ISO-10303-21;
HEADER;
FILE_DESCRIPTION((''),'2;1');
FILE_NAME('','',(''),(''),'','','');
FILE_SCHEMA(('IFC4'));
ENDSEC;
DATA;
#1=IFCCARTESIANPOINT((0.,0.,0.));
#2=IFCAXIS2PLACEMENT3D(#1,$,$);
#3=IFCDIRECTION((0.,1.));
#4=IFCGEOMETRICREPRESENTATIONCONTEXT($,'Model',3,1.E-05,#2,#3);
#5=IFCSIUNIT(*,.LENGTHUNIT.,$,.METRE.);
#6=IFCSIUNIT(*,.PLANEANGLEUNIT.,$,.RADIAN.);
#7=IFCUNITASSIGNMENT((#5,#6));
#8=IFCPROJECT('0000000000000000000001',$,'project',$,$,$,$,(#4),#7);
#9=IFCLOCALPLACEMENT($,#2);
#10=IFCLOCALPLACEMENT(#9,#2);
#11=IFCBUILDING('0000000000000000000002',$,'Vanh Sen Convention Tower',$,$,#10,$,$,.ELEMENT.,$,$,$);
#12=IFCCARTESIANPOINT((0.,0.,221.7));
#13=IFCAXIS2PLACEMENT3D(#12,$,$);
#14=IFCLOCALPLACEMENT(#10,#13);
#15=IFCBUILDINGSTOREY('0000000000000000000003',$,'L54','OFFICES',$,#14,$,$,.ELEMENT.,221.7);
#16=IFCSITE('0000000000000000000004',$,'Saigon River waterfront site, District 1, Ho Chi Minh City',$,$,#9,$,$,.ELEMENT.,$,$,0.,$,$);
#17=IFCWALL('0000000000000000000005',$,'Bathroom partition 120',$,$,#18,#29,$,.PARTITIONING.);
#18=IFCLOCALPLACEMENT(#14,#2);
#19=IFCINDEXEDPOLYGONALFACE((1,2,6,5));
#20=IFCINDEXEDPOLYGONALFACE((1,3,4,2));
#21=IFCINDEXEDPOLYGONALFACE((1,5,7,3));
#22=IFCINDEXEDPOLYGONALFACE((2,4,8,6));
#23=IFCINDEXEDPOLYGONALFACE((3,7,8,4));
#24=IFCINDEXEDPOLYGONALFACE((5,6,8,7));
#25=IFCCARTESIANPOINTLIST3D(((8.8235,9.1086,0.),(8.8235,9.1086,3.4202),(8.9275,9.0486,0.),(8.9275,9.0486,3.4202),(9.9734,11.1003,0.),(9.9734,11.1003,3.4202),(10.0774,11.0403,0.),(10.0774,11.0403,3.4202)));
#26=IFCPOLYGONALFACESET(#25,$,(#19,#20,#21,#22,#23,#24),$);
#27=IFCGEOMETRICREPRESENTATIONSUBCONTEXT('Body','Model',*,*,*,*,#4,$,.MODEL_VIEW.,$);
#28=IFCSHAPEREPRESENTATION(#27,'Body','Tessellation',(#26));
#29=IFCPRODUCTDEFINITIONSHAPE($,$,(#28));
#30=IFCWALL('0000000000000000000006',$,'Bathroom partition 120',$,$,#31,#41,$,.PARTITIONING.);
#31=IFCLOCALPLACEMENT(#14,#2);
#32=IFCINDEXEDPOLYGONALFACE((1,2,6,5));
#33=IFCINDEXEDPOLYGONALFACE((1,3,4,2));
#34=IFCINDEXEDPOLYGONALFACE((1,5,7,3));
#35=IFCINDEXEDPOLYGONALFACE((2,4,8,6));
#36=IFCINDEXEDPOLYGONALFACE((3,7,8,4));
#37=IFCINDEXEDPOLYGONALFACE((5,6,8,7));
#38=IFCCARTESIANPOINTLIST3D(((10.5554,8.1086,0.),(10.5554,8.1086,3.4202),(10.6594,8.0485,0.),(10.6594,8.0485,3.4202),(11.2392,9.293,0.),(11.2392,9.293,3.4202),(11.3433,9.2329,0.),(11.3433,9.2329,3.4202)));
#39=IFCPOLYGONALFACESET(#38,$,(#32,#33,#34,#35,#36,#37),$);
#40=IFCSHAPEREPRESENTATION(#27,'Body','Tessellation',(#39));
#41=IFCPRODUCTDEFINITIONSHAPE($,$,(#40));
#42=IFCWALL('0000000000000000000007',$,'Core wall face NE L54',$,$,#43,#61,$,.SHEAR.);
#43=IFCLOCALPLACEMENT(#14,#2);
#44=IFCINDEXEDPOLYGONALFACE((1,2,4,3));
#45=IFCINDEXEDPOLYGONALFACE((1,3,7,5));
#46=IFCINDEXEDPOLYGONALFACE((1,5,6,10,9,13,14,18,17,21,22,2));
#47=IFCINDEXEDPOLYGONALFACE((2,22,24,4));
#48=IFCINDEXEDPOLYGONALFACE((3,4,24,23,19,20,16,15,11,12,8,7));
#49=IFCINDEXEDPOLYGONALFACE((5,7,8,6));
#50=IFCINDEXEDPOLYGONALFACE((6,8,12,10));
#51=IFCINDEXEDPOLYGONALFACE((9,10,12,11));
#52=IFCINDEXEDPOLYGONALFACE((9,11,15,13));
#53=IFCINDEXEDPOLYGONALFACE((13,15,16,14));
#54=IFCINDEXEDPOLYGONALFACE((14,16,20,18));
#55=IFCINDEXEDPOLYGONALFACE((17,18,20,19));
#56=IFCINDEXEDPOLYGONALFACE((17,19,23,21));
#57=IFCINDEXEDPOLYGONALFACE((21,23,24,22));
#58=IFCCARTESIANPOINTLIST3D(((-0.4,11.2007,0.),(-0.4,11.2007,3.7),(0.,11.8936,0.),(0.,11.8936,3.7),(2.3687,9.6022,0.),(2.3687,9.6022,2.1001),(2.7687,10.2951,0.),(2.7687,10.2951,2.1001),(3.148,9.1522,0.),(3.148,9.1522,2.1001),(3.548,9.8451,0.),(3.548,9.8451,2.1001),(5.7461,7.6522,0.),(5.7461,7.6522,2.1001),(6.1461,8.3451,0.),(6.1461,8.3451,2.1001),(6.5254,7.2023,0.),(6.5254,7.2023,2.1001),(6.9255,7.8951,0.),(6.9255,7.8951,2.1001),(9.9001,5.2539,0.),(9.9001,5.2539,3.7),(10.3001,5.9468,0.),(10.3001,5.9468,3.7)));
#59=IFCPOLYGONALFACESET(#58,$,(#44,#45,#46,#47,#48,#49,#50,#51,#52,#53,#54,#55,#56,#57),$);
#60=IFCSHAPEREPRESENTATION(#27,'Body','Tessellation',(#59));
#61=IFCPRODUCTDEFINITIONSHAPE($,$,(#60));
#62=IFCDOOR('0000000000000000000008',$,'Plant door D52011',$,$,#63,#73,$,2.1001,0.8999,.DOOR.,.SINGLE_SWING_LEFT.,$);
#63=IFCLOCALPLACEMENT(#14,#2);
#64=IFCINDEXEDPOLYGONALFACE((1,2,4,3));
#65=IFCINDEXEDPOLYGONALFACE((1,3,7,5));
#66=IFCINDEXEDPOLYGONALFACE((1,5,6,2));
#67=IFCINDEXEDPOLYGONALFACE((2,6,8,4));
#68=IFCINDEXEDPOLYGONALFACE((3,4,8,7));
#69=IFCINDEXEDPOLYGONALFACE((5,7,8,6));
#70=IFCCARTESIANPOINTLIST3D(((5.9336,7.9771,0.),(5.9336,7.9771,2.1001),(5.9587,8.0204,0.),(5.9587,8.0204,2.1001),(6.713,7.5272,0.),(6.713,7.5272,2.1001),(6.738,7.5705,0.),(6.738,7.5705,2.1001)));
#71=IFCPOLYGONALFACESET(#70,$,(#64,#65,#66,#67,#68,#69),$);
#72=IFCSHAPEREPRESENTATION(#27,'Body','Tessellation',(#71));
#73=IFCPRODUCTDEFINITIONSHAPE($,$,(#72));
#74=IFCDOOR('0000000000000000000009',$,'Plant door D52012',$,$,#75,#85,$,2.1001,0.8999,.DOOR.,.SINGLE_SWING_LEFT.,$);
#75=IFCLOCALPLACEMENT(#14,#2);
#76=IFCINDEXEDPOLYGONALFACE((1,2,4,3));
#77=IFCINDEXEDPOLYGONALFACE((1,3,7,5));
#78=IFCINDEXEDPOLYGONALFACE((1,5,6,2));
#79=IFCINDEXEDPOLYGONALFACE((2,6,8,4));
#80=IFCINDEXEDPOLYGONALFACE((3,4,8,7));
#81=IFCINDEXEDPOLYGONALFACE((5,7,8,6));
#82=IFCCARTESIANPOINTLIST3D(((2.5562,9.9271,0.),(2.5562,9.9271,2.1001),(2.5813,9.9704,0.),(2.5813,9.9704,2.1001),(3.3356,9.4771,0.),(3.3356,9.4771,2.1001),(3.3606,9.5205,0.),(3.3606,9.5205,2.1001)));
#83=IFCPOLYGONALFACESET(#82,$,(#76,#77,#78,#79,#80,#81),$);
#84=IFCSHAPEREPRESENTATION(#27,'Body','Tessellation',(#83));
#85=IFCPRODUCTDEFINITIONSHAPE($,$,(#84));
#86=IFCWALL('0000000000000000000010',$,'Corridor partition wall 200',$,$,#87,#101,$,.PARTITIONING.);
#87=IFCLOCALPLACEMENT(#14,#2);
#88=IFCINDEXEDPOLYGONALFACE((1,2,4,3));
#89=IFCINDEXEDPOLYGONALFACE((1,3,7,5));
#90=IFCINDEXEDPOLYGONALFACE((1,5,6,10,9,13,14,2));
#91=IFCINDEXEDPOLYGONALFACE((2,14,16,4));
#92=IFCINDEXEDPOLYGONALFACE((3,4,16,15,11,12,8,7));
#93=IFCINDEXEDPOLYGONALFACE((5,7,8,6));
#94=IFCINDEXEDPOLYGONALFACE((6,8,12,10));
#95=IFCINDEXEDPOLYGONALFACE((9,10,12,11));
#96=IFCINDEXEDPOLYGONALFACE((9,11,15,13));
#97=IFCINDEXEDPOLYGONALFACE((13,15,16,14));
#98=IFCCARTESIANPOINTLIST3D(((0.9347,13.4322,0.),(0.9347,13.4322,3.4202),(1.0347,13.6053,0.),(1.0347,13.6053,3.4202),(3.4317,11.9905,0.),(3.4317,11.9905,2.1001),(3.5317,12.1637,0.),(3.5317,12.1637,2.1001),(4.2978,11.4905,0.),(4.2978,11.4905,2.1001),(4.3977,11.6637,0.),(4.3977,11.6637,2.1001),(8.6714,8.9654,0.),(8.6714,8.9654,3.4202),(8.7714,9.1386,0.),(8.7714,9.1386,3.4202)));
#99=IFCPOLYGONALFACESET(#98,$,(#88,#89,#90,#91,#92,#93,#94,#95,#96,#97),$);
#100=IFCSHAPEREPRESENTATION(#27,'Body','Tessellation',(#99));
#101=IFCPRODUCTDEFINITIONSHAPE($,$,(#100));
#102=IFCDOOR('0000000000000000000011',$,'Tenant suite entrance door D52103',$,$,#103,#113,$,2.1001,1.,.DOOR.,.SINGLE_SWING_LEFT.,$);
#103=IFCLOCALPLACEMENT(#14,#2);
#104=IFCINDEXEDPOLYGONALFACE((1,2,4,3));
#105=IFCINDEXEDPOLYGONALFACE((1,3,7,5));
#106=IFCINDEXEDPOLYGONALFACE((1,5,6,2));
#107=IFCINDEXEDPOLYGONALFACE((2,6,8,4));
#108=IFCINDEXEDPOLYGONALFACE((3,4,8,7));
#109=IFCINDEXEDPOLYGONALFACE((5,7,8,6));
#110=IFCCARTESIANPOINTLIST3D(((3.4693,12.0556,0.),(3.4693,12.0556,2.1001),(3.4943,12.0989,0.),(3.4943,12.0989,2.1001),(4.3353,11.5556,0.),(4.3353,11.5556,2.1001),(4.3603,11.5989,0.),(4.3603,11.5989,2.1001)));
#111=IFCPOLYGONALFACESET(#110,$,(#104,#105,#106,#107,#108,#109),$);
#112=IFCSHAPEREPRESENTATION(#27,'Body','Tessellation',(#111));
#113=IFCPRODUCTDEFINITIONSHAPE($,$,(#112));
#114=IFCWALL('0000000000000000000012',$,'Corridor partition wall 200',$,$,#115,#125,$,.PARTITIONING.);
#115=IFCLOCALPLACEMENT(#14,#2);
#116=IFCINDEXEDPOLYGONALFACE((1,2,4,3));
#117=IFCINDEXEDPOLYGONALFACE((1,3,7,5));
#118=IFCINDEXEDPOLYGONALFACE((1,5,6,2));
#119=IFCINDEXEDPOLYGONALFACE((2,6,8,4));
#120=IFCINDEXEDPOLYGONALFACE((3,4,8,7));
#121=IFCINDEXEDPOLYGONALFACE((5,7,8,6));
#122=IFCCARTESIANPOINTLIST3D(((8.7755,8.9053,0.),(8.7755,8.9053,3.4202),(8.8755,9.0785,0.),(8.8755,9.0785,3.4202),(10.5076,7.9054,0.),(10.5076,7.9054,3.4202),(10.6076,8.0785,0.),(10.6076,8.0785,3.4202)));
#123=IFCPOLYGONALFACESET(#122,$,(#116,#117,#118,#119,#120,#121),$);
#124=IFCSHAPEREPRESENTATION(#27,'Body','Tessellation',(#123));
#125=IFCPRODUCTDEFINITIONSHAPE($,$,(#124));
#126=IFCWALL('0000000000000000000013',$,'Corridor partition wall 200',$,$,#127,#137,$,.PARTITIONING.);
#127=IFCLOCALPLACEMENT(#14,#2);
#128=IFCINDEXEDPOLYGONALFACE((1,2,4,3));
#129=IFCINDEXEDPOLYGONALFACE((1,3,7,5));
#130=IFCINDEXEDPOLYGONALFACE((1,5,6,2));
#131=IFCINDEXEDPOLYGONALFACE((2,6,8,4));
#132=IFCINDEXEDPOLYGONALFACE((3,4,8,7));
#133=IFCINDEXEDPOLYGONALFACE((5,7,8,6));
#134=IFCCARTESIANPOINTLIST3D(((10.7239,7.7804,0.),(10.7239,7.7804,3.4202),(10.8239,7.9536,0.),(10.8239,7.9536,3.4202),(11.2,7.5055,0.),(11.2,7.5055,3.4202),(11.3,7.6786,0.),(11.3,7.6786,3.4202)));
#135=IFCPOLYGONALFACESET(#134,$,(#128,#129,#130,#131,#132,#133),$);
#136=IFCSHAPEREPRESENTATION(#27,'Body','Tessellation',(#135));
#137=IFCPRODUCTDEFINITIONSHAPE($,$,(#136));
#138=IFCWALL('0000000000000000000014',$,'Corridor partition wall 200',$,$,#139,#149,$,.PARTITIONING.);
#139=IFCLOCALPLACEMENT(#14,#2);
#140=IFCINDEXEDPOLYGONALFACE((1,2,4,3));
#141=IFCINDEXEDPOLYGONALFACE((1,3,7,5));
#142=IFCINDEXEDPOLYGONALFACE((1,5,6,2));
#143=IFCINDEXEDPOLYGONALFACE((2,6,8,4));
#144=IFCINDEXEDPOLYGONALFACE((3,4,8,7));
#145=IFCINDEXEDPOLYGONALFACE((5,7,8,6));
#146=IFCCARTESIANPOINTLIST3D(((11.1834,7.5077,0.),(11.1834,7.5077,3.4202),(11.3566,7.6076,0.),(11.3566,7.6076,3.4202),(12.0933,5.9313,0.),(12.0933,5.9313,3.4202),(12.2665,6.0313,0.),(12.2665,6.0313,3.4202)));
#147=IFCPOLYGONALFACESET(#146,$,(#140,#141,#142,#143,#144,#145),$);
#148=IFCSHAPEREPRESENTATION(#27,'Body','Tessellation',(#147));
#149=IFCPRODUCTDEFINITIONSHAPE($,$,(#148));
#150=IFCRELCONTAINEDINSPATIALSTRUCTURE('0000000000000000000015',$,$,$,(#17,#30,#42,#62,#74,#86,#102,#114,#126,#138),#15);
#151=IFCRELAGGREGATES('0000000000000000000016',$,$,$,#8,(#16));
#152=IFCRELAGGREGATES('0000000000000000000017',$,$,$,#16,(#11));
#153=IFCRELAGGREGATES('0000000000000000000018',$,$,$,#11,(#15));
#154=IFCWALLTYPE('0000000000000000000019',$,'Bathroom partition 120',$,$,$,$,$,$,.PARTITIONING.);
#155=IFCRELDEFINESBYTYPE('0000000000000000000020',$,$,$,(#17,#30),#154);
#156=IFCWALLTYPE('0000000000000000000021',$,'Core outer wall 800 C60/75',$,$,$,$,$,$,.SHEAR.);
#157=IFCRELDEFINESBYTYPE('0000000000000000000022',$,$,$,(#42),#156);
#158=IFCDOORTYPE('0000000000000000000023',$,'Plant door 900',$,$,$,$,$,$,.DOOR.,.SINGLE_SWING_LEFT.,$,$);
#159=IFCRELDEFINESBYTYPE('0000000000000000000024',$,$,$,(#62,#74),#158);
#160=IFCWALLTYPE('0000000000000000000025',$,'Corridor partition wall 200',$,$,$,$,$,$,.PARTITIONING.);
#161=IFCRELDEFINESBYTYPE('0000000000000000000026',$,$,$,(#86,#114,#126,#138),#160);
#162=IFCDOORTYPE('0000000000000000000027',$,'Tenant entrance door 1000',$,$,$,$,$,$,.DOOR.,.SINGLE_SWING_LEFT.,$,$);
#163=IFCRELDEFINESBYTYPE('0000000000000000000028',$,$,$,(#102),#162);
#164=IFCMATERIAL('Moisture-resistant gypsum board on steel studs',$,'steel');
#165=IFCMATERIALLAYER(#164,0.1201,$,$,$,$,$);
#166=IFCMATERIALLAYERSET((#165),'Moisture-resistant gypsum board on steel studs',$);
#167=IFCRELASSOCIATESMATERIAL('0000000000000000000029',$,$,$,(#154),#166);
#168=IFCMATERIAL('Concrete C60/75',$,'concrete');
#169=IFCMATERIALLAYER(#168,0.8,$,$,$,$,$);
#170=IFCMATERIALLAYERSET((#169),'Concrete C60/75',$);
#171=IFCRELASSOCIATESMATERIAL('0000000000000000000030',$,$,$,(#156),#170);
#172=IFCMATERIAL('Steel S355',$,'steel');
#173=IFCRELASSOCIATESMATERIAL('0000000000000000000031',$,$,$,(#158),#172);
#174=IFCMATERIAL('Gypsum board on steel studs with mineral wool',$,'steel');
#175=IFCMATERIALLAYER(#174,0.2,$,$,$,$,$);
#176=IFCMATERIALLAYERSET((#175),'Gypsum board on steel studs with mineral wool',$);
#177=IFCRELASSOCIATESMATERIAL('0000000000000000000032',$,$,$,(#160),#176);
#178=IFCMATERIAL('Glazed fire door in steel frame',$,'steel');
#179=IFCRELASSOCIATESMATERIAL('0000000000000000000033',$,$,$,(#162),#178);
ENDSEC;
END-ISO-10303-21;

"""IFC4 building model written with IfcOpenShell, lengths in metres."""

from ifc_helpers import new_model, si_unit, direction, frame, frame_2d, origin, place, context, subcontext, project, spatial, rectangle, extrude, material, layer, layer_set, type_object, element, fill, save


model = new_model("IFC4")

# Units and contexts
model_context = context("Model", 3, precision=1e-05, world=origin(), true_north=direction((0.0, 1.0)))
body_context = subcontext(model_context, "Body", "Model", "MODEL_VIEW")
ifc_project = project(units=[si_unit("LENGTHUNIT", "METRE"), si_unit("PLANEANGLEUNIT", "RADIAN")], contexts=[model_context])

# Site, building, storey
site_placement = place(None, origin())
site = spatial("IfcSite", under=ifc_project, at=site_placement, Name="Saigon River waterfront site, District 1, Ho Chi Minh City", CompositionType="ELEMENT", RefElevation=0.0)
building_placement = place(site_placement, origin())
building = spatial("IfcBuilding", under=site, at=building_placement, Name="Vanh Sen Convention Tower", CompositionType="ELEMENT")
storey_placement = place(building_placement, frame((0.0, 0.0, 221.7)))
storey = spatial("IfcBuildingStorey", under=building, at=storey_placement, Name="L54", Description="OFFICES", CompositionType="ELEMENT", Elevation=221.7)

# Walls
ifc_material_1 = material(Name="Moisture-resistant gypsum board on steel studs", Category="steel")
ifc_layer_1 = layer(ifc_material_1, 0.1201)
ifc_layer_set_1 = layer_set([ifc_layer_1], Name="Moisture-resistant gypsum board on steel studs")
wall_type_1 = type_object("IfcWallType", Name="Bathroom partition 120", PredefinedType="PARTITIONING", material=ifc_layer_set_1)
wall_1_placement = place(storey_placement, frame((8.8755, 9.0786, 0.0), z_axis=(0.0, 0.0, 1.0), x_axis=(0.499998, 0.866026, 0.0)))
element("IfcWall", 1, at=wall_1_placement, inside=storey, type_object=wall_type_1, Name="Bathroom partition 120", PredefinedType="PARTITIONING", context=body_context, shape_type="SweptSolid", body=[
    extrude(rectangle(XDim=2.2998, YDim=0.1201, at=frame_2d((1.1499, 0.0))), origin(), (0.0, 0.0, 1.0), 3.4202),
])
wall_2_placement = place(storey_placement, frame((11.2913, 9.2629, 0.0), z_axis=(0.0, 0.0, 1.0), x_axis=(-0.500037, -0.866004, 0.0)))
element("IfcWall", 2, at=wall_2_placement, inside=storey, type_object=wall_type_1, Name="Bathroom partition 120", PredefinedType="PARTITIONING", context=body_context, shape_type="SweptSolid", body=[
    extrude(rectangle(XDim=1.3677, YDim=0.1201, at=frame_2d((0.6838, 0.0))), origin(), (0.0, 0.0, 1.0), 3.4202),
])

# Wall, openings, doors
ifc_material_2 = material(Name="Concrete C60/75", Category="concrete")
ifc_layer_2 = layer(ifc_material_2, 0.8)
ifc_layer_set_2 = layer_set([ifc_layer_2], Name="Concrete C60/75")
wall_type_2 = type_object("IfcWallType", Name="Core outer wall 800 C60/75", PredefinedType="SHEAR", material=ifc_layer_set_2)
wall_3_placement = place(storey_placement, frame((10.1001, 5.6003, 0.0), z_axis=(0.0, 0.0, 1.0), x_axis=(-0.866024, 0.500003, 0.0)))
wall_3 = element("IfcWall", 3, at=wall_3_placement, inside=storey, type_object=wall_type_2, Name="Core wall face NE L54", PredefinedType="SHEAR", context=body_context, shape_type="SweptSolid", body=[
    extrude(rectangle(XDim=11.8936, YDim=0.8, at=frame_2d((5.9468, 0.0))), origin(), (0.0, 0.0, 1.0), 3.7),
])
opening_1_placement = place(wall_3_placement, frame((3.8967, 0.0, 0.0)))
opening_1 = element("IfcOpeningElement", 4, at=opening_1_placement, cuts=wall_3, PredefinedType="OPENING", context=body_context, shape_type="SweptSolid", body=[
    extrude(rectangle(XDim=0.8999, YDim=2.1001, at=frame_2d((0.45, 1.05))), frame((0.0, 0.4099, 0.0), z_axis=(0.0, -1.0, 0.0), x_axis=(1.0, 0.0, 0.0)), (0.0, 0.0, 1.0), 0.8201),
])
opening_2_placement = place(wall_3_placement, frame((7.7966, 0.0, 0.0)))
opening_2 = element("IfcOpeningElement", 5, at=opening_2_placement, cuts=wall_3, PredefinedType="OPENING", context=body_context, shape_type="SweptSolid", body=[
    extrude(rectangle(XDim=0.8999, YDim=2.1001, at=frame_2d((0.45, 1.05))), frame((0.0, 0.4099, 0.0), z_axis=(0.0, -1.0, 0.0), x_axis=(1.0, 0.0, 0.0)), (0.0, 0.0, 1.0), 0.8201),
])
ifc_material_3 = material(Name="Steel S355", Category="steel")
door_type_1 = type_object("IfcDoorType", Name="Plant door 900", OperationType="SINGLE_SWING_LEFT", PredefinedType="DOOR", material=ifc_material_3)
door_1_placement = place(opening_1_placement, origin())
door_1 = element("IfcDoor", 6, at=door_1_placement, inside=storey, type_object=door_type_1, Name="Plant door D52011", OperationType="SINGLE_SWING_LEFT", OverallHeight=2.1001, OverallWidth=0.8999, PredefinedType="DOOR", context=body_context, shape_type="SweptSolid", body=[
    extrude(rectangle(XDim=0.8999, YDim=2.1001, at=frame_2d((0.45, 1.05))), frame((0.0, 0.0249, 0.0), z_axis=(0.0, -1.0, 0.0), x_axis=(1.0, 0.0, 0.0)), (0.0, 0.0, 1.0), 0.05),
])
fill(opening_1, door_1)
door_2_placement = place(opening_2_placement, origin())
door_2 = element("IfcDoor", 7, at=door_2_placement, inside=storey, type_object=door_type_1, Name="Plant door D52012", OperationType="SINGLE_SWING_LEFT", OverallHeight=2.1001, OverallWidth=0.8999, PredefinedType="DOOR", context=body_context, shape_type="SweptSolid", body=[
    extrude(rectangle(XDim=0.8999, YDim=2.1001, at=frame_2d((0.45, 1.05))), frame((0.0, 0.0249, 0.0), z_axis=(0.0, -1.0, 0.0), x_axis=(1.0, 0.0, 0.0)), (0.0, 0.0, 1.0), 0.05),
])
fill(opening_2, door_2)

# Wall, opening, door
ifc_material_4 = material(Name="Gypsum board on steel studs with mineral wool", Category="steel")
ifc_layer_3 = layer(ifc_material_4, 0.2)
ifc_layer_set_3 = layer_set([ifc_layer_3], Name="Gypsum board on steel studs with mineral wool")
wall_type_3 = type_object("IfcWallType", Name="Corridor partition wall 200", PredefinedType="PARTITIONING", material=ifc_layer_set_3)
wall_4_placement = place(storey_placement, frame((8.7214, 9.052, 0.0), z_axis=(0.0, 0.0, 1.0), x_axis=(-0.866028, 0.499995, 0.0)))
wall_4 = element("IfcWall", 8, at=wall_4_placement, inside=storey, type_object=wall_type_3, Name="Corridor partition wall 200", PredefinedType="PARTITIONING", context=body_context, shape_type="SweptSolid", body=[
    extrude(rectangle(XDim=8.9336, YDim=0.2, at=frame_2d((4.4668, 0.0))), origin(), (0.0, 0.0, 1.0), 3.4202),
])
opening_3_placement = place(wall_4_placement, frame((5.0503, 0.0, 0.0)))
opening_3 = element("IfcOpeningElement", 9, at=opening_3_placement, cuts=wall_4, PredefinedType="OPENING", context=body_context, shape_type="SweptSolid", body=[
    extrude(rectangle(XDim=1.0, YDim=2.1001, at=frame_2d((0.5, 1.05))), frame((0.0, 0.1099, 0.0), z_axis=(0.0, -1.0, 0.0), x_axis=(1.0, 0.0, 0.0)), (0.0, 0.0, 1.0), 0.22),
])
ifc_material_5 = material(Name="Glazed fire door in steel frame", Category="steel")
door_type_2 = type_object("IfcDoorType", Name="Tenant entrance door 1000", OperationType="SINGLE_SWING_LEFT", PredefinedType="DOOR", material=ifc_material_5)
door_3_placement = place(opening_3_placement, origin())
door_3 = element("IfcDoor", 10, at=door_3_placement, inside=storey, type_object=door_type_2, Name="Tenant suite entrance door D52103", OperationType="SINGLE_SWING_LEFT", OverallHeight=2.1001, OverallWidth=1.0, PredefinedType="DOOR", context=body_context, shape_type="SweptSolid", body=[
    extrude(rectangle(XDim=1.0, YDim=2.1001, at=frame_2d((0.5, 1.05))), frame((0.0, 0.0249, 0.0), z_axis=(0.0, -1.0, 0.0), x_axis=(1.0, 0.0, 0.0)), (0.0, 0.0, 1.0), 0.05),
])
fill(opening_3, door_3)

# Walls
wall_5_placement = place(storey_placement, frame((10.5576, 7.9919, 0.0), z_axis=(0.0, 0.0, 1.0), x_axis=(-0.866041, 0.499973, 0.0)))
element("IfcWall", 11, at=wall_5_placement, inside=storey, type_object=wall_type_3, Name="Corridor partition wall 200", PredefinedType="PARTITIONING", context=body_context, shape_type="SweptSolid", body=[
    extrude(rectangle(XDim=2.0, YDim=0.2, at=frame_2d((1.0, 0.0))), origin(), (0.0, 0.0, 1.0), 3.4202),
])
wall_6_placement = place(storey_placement, frame((11.25, 7.592, 0.0), z_axis=(0.0, 0.0, 1.0), x_axis=(-0.865993, 0.500056, 0.0)))
element("IfcWall", 12, at=wall_6_placement, inside=storey, type_object=wall_type_3, Name="Corridor partition wall 200", PredefinedType="PARTITIONING", context=body_context, shape_type="SweptSolid", body=[
    extrude(rectangle(XDim=0.5498, YDim=0.2, at=frame_2d((0.2749, 0.0))), origin(), (0.0, 0.0, 1.0), 3.4202),
])
wall_7_placement = place(storey_placement, frame((12.1799, 5.9812, 0.0), z_axis=(0.0, 0.0, 1.0), x_axis=(-0.499904, 0.866081, 0.0)))
element("IfcWall", 13, at=wall_7_placement, inside=storey, type_object=wall_type_3, Name="Corridor partition wall 200", PredefinedType="PARTITIONING", context=body_context, shape_type="SweptSolid", body=[
    extrude(rectangle(XDim=1.8201, YDim=0.2, at=frame_2d((0.9102, 0.0))), origin(), (0.0, 0.0, 1.0), 3.4202),
])

save(model, "model.ifc")
